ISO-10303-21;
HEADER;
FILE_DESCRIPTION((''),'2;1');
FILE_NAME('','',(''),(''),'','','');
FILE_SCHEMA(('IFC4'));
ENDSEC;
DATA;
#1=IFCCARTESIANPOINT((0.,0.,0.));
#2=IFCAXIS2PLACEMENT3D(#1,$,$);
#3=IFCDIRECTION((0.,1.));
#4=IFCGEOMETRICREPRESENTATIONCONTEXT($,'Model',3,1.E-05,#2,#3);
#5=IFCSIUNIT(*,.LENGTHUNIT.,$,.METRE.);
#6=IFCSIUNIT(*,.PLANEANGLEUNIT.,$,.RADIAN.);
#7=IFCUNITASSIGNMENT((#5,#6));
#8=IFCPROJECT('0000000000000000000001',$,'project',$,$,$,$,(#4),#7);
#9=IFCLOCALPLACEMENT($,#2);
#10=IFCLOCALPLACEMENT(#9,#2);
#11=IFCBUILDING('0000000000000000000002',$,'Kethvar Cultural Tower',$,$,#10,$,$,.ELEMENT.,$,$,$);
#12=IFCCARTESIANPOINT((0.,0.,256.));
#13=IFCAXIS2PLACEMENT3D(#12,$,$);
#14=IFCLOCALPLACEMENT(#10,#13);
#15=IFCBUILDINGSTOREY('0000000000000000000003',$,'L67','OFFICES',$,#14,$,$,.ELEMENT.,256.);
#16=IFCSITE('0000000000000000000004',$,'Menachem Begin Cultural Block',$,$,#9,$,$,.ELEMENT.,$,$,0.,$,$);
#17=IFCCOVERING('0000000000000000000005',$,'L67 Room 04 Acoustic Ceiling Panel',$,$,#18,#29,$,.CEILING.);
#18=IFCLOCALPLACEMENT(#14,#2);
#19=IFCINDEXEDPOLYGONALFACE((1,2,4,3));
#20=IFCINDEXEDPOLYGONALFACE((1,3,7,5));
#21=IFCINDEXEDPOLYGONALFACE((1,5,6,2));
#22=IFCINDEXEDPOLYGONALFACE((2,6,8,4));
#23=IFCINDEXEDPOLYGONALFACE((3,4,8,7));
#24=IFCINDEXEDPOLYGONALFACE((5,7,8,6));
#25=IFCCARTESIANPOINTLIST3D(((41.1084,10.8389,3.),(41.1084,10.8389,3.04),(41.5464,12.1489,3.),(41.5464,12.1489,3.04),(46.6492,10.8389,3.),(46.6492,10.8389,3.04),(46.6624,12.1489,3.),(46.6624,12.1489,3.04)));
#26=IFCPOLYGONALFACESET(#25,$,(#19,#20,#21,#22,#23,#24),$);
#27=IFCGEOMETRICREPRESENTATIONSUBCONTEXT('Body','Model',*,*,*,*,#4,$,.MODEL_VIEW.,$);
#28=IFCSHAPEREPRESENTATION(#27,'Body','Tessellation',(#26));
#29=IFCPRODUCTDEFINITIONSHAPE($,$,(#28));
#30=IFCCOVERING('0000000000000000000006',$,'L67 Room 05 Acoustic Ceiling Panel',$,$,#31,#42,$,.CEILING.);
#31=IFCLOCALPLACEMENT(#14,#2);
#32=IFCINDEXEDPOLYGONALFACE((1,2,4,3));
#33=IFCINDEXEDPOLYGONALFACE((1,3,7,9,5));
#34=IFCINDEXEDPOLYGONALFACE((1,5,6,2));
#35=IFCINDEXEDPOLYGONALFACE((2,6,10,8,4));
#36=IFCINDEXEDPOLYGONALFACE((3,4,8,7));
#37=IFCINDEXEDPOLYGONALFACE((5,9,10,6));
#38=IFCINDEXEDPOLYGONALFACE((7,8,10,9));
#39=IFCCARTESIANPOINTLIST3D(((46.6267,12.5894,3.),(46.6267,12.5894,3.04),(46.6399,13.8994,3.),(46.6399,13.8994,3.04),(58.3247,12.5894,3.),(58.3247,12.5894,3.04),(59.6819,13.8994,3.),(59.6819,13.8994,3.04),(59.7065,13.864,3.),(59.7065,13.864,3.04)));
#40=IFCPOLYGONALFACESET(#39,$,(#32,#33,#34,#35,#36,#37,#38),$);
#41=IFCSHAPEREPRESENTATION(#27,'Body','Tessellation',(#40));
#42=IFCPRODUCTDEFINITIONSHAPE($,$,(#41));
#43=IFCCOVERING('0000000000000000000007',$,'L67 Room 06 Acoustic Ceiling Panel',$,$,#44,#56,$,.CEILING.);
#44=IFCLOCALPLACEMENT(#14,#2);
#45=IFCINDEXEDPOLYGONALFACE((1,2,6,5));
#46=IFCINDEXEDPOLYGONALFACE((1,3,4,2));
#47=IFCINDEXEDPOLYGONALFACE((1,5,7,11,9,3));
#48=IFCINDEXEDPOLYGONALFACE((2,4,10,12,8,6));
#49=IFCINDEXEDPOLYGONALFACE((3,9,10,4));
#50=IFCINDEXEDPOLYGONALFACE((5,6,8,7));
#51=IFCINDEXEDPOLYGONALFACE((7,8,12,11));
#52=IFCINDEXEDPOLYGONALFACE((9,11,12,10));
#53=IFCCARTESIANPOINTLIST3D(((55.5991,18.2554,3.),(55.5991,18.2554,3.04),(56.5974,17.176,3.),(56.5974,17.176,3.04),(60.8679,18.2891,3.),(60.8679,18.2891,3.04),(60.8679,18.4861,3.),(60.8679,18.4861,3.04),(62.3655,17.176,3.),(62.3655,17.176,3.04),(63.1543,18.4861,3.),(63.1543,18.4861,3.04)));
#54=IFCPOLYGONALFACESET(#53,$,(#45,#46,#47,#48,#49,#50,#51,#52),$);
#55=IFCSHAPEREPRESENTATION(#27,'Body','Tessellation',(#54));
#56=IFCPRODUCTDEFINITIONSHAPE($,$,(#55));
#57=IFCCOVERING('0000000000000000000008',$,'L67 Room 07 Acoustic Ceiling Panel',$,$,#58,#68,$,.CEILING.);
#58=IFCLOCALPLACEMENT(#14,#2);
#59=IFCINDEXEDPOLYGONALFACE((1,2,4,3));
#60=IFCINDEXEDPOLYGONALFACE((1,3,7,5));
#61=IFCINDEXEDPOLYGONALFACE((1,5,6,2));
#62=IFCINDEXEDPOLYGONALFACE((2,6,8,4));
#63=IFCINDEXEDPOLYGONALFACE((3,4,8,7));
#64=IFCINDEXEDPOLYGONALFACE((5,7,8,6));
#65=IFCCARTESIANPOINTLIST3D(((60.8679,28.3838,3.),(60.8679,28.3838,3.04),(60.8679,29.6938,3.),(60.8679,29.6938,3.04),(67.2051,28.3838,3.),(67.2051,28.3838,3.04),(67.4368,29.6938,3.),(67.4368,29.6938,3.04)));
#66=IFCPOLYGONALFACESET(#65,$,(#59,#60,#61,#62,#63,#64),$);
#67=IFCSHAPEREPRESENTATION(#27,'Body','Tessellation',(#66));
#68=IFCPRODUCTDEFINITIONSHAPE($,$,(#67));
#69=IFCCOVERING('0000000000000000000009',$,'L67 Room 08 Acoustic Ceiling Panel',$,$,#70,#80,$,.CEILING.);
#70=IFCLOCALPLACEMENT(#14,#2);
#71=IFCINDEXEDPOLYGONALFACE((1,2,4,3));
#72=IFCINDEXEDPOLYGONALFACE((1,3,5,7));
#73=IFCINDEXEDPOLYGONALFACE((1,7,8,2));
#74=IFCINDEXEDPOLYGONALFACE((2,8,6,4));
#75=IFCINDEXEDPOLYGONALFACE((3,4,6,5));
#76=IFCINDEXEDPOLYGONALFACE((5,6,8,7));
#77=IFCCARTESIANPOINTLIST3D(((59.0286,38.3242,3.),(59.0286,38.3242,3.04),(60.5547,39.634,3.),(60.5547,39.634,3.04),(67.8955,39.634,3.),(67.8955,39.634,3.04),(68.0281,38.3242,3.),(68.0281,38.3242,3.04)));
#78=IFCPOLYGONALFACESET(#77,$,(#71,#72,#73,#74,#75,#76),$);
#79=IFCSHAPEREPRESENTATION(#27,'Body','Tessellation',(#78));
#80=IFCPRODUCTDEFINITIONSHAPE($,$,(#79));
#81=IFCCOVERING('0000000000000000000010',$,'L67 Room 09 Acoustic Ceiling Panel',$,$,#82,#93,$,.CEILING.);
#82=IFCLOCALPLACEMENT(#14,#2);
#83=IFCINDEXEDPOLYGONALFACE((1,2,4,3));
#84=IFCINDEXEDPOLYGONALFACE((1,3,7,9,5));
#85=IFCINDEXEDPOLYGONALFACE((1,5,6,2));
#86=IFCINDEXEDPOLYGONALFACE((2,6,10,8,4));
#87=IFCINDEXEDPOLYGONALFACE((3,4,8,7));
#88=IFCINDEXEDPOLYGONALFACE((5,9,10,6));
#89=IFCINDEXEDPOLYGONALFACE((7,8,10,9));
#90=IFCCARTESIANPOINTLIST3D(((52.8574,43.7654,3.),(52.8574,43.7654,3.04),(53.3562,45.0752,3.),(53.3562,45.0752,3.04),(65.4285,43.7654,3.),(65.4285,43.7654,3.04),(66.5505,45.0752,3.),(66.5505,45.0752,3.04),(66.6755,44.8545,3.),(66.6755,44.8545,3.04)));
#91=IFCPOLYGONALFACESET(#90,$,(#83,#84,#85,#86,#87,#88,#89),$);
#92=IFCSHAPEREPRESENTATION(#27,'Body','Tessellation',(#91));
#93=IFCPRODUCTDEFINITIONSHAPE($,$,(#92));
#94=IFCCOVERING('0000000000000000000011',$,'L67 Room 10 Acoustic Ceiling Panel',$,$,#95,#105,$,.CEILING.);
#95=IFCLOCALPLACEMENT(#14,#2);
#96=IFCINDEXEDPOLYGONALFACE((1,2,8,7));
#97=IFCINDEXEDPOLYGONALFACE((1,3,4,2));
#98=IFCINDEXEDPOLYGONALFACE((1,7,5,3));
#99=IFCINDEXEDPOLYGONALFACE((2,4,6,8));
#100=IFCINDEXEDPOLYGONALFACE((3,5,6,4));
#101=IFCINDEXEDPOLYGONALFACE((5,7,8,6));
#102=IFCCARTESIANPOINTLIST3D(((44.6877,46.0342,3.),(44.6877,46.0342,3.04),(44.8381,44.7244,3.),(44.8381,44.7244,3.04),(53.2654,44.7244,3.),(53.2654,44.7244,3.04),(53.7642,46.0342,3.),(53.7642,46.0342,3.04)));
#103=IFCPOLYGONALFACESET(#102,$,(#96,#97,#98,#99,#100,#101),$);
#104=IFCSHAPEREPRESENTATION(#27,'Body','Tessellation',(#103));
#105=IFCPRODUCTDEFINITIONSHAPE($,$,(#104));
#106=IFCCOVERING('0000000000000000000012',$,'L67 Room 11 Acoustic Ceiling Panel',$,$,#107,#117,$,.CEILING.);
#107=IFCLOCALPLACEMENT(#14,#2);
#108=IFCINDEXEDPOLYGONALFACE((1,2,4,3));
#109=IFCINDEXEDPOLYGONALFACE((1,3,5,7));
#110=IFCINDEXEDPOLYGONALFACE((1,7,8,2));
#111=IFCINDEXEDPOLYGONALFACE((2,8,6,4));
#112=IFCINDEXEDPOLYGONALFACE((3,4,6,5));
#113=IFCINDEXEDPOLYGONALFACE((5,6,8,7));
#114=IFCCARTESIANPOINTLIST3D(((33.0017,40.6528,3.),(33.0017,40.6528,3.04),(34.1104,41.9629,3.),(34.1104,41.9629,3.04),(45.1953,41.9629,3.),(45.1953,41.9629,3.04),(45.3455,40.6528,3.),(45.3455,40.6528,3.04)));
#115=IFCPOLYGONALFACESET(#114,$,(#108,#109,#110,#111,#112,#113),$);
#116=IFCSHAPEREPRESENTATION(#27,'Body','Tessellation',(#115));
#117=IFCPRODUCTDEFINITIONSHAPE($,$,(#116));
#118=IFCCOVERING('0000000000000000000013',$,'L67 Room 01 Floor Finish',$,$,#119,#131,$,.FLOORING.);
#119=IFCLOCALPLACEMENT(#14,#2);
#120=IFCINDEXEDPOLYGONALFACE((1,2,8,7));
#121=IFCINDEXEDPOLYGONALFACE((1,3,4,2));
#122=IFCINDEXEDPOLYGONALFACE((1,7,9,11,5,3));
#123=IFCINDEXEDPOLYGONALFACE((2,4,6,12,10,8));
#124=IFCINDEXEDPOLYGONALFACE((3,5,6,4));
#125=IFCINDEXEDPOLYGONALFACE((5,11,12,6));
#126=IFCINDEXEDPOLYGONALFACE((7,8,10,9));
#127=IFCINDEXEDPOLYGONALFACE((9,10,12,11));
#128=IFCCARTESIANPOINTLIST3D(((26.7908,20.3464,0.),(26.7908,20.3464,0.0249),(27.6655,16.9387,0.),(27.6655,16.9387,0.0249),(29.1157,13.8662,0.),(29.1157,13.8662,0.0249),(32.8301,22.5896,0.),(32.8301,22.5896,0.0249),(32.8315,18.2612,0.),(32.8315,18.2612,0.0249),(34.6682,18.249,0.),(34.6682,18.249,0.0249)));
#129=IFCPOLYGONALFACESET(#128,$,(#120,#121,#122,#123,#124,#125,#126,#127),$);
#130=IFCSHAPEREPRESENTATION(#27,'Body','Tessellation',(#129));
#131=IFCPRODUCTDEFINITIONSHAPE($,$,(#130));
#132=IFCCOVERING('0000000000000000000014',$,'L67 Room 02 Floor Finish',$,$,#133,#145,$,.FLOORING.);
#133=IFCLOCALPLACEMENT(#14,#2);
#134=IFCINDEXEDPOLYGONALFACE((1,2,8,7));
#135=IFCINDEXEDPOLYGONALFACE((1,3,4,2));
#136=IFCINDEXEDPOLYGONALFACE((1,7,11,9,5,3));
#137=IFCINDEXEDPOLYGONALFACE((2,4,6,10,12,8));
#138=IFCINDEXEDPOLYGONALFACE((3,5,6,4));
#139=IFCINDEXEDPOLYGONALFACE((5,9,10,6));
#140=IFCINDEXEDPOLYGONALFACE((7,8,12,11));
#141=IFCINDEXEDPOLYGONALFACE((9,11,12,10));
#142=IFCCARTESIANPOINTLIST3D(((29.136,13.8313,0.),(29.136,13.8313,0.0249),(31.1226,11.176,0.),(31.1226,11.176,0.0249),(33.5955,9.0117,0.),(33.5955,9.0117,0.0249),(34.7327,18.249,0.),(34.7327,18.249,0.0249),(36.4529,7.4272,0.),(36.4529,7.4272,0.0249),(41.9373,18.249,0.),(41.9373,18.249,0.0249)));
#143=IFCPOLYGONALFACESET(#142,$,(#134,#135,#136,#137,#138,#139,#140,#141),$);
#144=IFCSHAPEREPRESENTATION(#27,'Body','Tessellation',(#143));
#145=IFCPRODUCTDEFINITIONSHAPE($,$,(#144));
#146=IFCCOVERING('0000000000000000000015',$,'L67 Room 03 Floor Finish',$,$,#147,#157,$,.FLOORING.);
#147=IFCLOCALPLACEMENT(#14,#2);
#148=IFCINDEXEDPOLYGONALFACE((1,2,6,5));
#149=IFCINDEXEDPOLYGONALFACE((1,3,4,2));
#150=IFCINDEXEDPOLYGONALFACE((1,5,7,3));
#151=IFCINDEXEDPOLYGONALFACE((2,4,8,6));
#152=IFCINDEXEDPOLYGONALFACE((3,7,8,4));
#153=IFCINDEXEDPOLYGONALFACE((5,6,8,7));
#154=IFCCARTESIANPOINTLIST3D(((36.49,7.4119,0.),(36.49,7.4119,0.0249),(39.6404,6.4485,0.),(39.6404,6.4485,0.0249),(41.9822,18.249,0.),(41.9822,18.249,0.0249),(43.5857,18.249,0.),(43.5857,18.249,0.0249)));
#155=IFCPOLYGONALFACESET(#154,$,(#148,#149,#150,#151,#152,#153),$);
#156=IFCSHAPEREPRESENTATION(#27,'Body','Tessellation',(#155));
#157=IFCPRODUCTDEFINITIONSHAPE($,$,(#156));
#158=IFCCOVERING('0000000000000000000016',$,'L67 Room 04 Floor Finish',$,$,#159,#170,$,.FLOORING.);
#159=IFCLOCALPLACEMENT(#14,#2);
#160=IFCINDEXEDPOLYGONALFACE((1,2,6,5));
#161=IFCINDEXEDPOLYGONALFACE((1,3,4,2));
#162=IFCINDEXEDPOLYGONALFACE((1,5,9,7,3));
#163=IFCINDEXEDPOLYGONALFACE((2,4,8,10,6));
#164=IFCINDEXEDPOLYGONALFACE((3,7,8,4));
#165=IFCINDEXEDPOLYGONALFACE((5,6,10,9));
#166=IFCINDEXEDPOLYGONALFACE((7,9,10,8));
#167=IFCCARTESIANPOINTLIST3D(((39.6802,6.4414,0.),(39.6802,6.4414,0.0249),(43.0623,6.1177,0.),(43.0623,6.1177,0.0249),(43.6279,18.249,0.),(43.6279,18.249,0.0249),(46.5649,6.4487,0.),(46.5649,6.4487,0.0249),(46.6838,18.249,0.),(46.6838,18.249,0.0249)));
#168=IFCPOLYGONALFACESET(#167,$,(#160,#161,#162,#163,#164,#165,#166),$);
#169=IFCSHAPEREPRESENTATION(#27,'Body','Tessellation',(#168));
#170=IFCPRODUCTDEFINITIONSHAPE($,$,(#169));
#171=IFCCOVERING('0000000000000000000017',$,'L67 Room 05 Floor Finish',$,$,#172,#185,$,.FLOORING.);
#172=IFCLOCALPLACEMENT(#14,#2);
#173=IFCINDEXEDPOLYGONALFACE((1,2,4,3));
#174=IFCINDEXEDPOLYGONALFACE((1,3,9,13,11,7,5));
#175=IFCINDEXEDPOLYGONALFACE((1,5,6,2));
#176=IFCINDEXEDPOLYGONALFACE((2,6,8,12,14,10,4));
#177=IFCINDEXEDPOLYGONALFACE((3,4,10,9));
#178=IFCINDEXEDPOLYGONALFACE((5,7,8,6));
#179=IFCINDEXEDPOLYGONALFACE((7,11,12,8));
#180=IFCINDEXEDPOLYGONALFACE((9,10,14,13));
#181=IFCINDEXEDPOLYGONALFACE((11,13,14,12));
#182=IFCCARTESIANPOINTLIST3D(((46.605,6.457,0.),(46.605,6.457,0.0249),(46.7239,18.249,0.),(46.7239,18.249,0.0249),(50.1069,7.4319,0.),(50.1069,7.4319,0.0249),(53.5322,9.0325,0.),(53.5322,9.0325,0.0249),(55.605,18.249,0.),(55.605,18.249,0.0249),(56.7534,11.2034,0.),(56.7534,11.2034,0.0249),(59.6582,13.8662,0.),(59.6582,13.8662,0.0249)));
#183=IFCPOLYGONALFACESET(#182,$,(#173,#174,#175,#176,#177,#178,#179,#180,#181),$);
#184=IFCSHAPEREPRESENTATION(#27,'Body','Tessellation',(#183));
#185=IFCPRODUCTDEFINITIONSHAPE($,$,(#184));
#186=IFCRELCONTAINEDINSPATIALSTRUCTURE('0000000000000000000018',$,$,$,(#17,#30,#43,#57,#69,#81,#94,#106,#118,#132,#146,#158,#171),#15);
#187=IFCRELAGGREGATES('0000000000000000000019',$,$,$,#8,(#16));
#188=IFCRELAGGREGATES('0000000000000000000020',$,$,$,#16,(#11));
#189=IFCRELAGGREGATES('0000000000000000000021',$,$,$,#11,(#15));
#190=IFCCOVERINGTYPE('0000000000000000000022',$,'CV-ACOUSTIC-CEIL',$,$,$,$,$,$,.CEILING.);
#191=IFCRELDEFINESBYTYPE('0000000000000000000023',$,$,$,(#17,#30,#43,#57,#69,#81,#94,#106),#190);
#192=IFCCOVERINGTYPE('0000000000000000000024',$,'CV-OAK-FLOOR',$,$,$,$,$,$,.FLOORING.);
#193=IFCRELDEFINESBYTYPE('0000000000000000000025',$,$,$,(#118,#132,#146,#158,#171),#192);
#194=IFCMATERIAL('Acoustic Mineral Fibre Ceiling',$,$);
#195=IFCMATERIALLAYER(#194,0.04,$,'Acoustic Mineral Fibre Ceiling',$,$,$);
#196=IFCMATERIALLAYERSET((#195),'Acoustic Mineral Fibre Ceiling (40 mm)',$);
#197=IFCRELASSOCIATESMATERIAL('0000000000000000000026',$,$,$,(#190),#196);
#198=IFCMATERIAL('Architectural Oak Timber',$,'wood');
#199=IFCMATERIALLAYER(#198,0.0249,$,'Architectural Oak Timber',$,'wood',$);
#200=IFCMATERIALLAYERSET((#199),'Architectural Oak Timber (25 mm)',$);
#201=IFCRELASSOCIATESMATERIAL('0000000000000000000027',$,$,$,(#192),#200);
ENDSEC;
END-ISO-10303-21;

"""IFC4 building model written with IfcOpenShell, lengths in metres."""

from ifc_helpers import new_model, si_unit, direction, frame, origin, place, context, subcontext, project, spatial, polyline, outline, extrude, material, layer, layer_set, type_object, element, save


model = new_model("IFC4")

# Units and contexts
model_context = context("Model", 3, precision=1e-05, world=origin(), true_north=direction((0.0, 1.0)))
body_context = subcontext(model_context, "Body", "Model", "MODEL_VIEW")
ifc_project = project(units=[si_unit("LENGTHUNIT", "METRE"), si_unit("PLANEANGLEUNIT", "RADIAN")], contexts=[model_context])

# Site, building, storey
site_placement = place(None, origin())
site = spatial("IfcSite", under=ifc_project, at=site_placement, Name="Menachem Begin Cultural Block", CompositionType="ELEMENT", RefElevation=0.0)
building_placement = place(site_placement, origin())
building = spatial("IfcBuilding", under=site, at=building_placement, Name="Kethvar Cultural Tower", CompositionType="ELEMENT")
storey_placement = place(building_placement, frame((0.0, 0.0, 256.0)))
storey = spatial("IfcBuildingStorey", under=building, at=storey_placement, Name="L67", Description="OFFICES", CompositionType="ELEMENT", Elevation=256.0)

# Coverings
ifc_material_1 = material(Name="Acoustic Mineral Fibre Ceiling")
ifc_layer_1 = layer(ifc_material_1, 0.04, Name="Acoustic Mineral Fibre Ceiling")
ifc_layer_set_1 = layer_set([ifc_layer_1], Name="Acoustic Mineral Fibre Ceiling (40 mm)")
covering_type_1 = type_object("IfcCoveringType", Name="CV-ACOUSTIC-CEIL", PredefinedType="CEILING", material=ifc_layer_set_1)
covering_1_placement = place(storey_placement, frame((0.0, 0.0, 3.0)))
element("IfcCovering", 1, at=covering_1_placement, inside=storey, type_object=covering_type_1, Name="L67 Room 04 Acoustic Ceiling Panel", PredefinedType="CEILING", context=body_context, shape_type="SweptSolid", body=[
    extrude(outline(polyline([(41.5464, 12.1489), (46.6624, 12.1489), (46.6492, 10.8389), (41.1084, 10.8389), (41.5464, 12.1489)])), origin(), (0.0, 0.0, 1.0), 0.04),
])
covering_2_placement = place(storey_placement, frame((0.0, 0.0, 3.0)))
element("IfcCovering", 2, at=covering_2_placement, inside=storey, type_object=covering_type_1, Name="L67 Room 05 Acoustic Ceiling Panel", PredefinedType="CEILING", context=body_context, shape_type="SweptSolid", body=[
    extrude(outline(polyline([(46.6399, 13.8994), (59.6819, 13.8994), (59.7065, 13.864), (58.3247, 12.5894), (46.6267, 12.5894), (46.6399, 13.8994)])), origin(), (0.0, 0.0, 1.0), 0.04),
])
covering_3_placement = place(storey_placement, frame((0.0, 0.0, 3.0)))
element("IfcCovering", 3, at=covering_3_placement, inside=storey, type_object=covering_type_1, Name="L67 Room 06 Acoustic Ceiling Panel", PredefinedType="CEILING", context=body_context, shape_type="SweptSolid", body=[
    extrude(outline(polyline([(55.5991, 18.2554), (60.8679, 18.2891), (60.8679, 18.4861), (63.1543, 18.4861), (62.3655, 17.176), (56.5974, 17.176), (55.5991, 18.2554)])), origin(), (0.0, 0.0, 1.0), 0.04),
])
covering_4_placement = place(storey_placement, frame((0.0, 0.0, 3.0)))
element("IfcCovering", 4, at=covering_4_placement, inside=storey, type_object=covering_type_1, Name="L67 Room 07 Acoustic Ceiling Panel", PredefinedType="CEILING", context=body_context, shape_type="SweptSolid", body=[
    extrude(outline(polyline([(67.4368, 29.6938), (67.2051, 28.3838), (60.8679, 28.3838), (60.8679, 29.6938), (67.4368, 29.6938)])), origin(), (0.0, 0.0, 1.0), 0.04),
])
covering_5_placement = place(storey_placement, frame((0.0, 0.0, 3.0)))
element("IfcCovering", 5, at=covering_5_placement, inside=storey, type_object=covering_type_1, Name="L67 Room 08 Acoustic Ceiling Panel", PredefinedType="CEILING", context=body_context, shape_type="SweptSolid", body=[
    extrude(outline(polyline([(68.0281, 38.3242), (59.0286, 38.3242), (60.5547, 39.634), (67.8955, 39.634), (68.0281, 38.3242)])), origin(), (0.0, 0.0, 1.0), 0.04),
])
covering_6_placement = place(storey_placement, frame((0.0, 0.0, 3.0)))
element("IfcCovering", 6, at=covering_6_placement, inside=storey, type_object=covering_type_1, Name="L67 Room 09 Acoustic Ceiling Panel", PredefinedType="CEILING", context=body_context, shape_type="SweptSolid", body=[
    extrude(outline(polyline([(66.6755, 44.8545), (65.4285, 43.7654), (52.8574, 43.7654), (53.3562, 45.0752), (66.5505, 45.0752), (66.6755, 44.8545)])), origin(), (0.0, 0.0, 1.0), 0.04),
])
covering_7_placement = place(storey_placement, frame((0.0, 0.0, 3.0)))
element("IfcCovering", 7, at=covering_7_placement, inside=storey, type_object=covering_type_1, Name="L67 Room 10 Acoustic Ceiling Panel", PredefinedType="CEILING", context=body_context, shape_type="SweptSolid", body=[
    extrude(outline(polyline([(53.2654, 44.7244), (44.8381, 44.7244), (44.6877, 46.0342), (53.7642, 46.0342), (53.2654, 44.7244)])), origin(), (0.0, 0.0, 1.0), 0.04),
])
covering_8_placement = place(storey_placement, frame((0.0, 0.0, 3.0)))
element("IfcCovering", 8, at=covering_8_placement, inside=storey, type_object=covering_type_1, Name="L67 Room 11 Acoustic Ceiling Panel", PredefinedType="CEILING", context=body_context, shape_type="SweptSolid", body=[
    extrude(outline(polyline([(33.0017, 40.6528), (34.1104, 41.9629), (45.1953, 41.9629), (45.3455, 40.6528), (33.0017, 40.6528)])), origin(), (0.0, 0.0, 1.0), 0.04),
])
ifc_material_2 = material(Name="Architectural Oak Timber", Category="wood")
ifc_layer_2 = layer(ifc_material_2, 0.0249, Name="Architectural Oak Timber", Category="wood")
ifc_layer_set_2 = layer_set([ifc_layer_2], Name="Architectural Oak Timber (25 mm)")
covering_type_2 = type_object("IfcCoveringType", Name="CV-OAK-FLOOR", PredefinedType="FLOORING", material=ifc_layer_set_2)
covering_9_placement = place(storey_placement, origin())
element("IfcCovering", 9, at=covering_9_placement, inside=storey, type_object=covering_type_2, Name="L67 Room 01 Floor Finish", PredefinedType="FLOORING", context=body_context, shape_type="SweptSolid", body=[
    extrude(outline(polyline([(27.6655, 16.9387), (26.7908, 20.3464), (32.8301, 22.5896), (32.8315, 18.2612), (34.6682, 18.249), (29.1157, 13.8662), (27.6655, 16.9387)])), origin(), (0.0, 0.0, 1.0), 0.0249),
])
covering_10_placement = place(storey_placement, origin())
element("IfcCovering", 10, at=covering_10_placement, inside=storey, type_object=covering_type_2, Name="L67 Room 02 Floor Finish", PredefinedType="FLOORING", context=body_context, shape_type="SweptSolid", body=[
    extrude(outline(polyline([(33.5955, 9.0117), (31.1226, 11.176), (29.136, 13.8313), (34.7327, 18.249), (41.9373, 18.249), (36.4529, 7.4272), (33.5955, 9.0117)])), origin(), (0.0, 0.0, 1.0), 0.0249),
])
covering_11_placement = place(storey_placement, origin())
element("IfcCovering", 11, at=covering_11_placement, inside=storey, type_object=covering_type_2, Name="L67 Room 03 Floor Finish", PredefinedType="FLOORING", context=body_context, shape_type="SweptSolid", body=[
    extrude(outline(polyline([(36.49, 7.4119), (41.9822, 18.249), (43.5857, 18.249), (39.6404, 6.4485), (36.49, 7.4119)])), origin(), (0.0, 0.0, 1.0), 0.0249),
])
covering_12_placement = place(storey_placement, origin())
element("IfcCovering", 12, at=covering_12_placement, inside=storey, type_object=covering_type_2, Name="L67 Room 04 Floor Finish", PredefinedType="FLOORING", context=body_context, shape_type="SweptSolid", body=[
    extrude(outline(polyline([(43.0623, 6.1177), (39.6802, 6.4414), (43.6279, 18.249), (46.6838, 18.249), (46.5649, 6.4487), (43.0623, 6.1177)])), origin(), (0.0, 0.0, 1.0), 0.0249),
])
covering_13_placement = place(storey_placement, origin())
element("IfcCovering", 13, at=covering_13_placement, inside=storey, type_object=covering_type_2, Name="L67 Room 05 Floor Finish", PredefinedType="FLOORING", context=body_context, shape_type="SweptSolid", body=[
    extrude(outline(polyline([(56.7534, 11.2034), (53.5322, 9.0325), (50.1069, 7.4319), (46.605, 6.457), (46.7239, 18.249), (55.605, 18.249), (59.6582, 13.8662), (56.7534, 11.2034)])), origin(), (0.0, 0.0, 1.0), 0.0249),
])

save(model, "model.ifc")
